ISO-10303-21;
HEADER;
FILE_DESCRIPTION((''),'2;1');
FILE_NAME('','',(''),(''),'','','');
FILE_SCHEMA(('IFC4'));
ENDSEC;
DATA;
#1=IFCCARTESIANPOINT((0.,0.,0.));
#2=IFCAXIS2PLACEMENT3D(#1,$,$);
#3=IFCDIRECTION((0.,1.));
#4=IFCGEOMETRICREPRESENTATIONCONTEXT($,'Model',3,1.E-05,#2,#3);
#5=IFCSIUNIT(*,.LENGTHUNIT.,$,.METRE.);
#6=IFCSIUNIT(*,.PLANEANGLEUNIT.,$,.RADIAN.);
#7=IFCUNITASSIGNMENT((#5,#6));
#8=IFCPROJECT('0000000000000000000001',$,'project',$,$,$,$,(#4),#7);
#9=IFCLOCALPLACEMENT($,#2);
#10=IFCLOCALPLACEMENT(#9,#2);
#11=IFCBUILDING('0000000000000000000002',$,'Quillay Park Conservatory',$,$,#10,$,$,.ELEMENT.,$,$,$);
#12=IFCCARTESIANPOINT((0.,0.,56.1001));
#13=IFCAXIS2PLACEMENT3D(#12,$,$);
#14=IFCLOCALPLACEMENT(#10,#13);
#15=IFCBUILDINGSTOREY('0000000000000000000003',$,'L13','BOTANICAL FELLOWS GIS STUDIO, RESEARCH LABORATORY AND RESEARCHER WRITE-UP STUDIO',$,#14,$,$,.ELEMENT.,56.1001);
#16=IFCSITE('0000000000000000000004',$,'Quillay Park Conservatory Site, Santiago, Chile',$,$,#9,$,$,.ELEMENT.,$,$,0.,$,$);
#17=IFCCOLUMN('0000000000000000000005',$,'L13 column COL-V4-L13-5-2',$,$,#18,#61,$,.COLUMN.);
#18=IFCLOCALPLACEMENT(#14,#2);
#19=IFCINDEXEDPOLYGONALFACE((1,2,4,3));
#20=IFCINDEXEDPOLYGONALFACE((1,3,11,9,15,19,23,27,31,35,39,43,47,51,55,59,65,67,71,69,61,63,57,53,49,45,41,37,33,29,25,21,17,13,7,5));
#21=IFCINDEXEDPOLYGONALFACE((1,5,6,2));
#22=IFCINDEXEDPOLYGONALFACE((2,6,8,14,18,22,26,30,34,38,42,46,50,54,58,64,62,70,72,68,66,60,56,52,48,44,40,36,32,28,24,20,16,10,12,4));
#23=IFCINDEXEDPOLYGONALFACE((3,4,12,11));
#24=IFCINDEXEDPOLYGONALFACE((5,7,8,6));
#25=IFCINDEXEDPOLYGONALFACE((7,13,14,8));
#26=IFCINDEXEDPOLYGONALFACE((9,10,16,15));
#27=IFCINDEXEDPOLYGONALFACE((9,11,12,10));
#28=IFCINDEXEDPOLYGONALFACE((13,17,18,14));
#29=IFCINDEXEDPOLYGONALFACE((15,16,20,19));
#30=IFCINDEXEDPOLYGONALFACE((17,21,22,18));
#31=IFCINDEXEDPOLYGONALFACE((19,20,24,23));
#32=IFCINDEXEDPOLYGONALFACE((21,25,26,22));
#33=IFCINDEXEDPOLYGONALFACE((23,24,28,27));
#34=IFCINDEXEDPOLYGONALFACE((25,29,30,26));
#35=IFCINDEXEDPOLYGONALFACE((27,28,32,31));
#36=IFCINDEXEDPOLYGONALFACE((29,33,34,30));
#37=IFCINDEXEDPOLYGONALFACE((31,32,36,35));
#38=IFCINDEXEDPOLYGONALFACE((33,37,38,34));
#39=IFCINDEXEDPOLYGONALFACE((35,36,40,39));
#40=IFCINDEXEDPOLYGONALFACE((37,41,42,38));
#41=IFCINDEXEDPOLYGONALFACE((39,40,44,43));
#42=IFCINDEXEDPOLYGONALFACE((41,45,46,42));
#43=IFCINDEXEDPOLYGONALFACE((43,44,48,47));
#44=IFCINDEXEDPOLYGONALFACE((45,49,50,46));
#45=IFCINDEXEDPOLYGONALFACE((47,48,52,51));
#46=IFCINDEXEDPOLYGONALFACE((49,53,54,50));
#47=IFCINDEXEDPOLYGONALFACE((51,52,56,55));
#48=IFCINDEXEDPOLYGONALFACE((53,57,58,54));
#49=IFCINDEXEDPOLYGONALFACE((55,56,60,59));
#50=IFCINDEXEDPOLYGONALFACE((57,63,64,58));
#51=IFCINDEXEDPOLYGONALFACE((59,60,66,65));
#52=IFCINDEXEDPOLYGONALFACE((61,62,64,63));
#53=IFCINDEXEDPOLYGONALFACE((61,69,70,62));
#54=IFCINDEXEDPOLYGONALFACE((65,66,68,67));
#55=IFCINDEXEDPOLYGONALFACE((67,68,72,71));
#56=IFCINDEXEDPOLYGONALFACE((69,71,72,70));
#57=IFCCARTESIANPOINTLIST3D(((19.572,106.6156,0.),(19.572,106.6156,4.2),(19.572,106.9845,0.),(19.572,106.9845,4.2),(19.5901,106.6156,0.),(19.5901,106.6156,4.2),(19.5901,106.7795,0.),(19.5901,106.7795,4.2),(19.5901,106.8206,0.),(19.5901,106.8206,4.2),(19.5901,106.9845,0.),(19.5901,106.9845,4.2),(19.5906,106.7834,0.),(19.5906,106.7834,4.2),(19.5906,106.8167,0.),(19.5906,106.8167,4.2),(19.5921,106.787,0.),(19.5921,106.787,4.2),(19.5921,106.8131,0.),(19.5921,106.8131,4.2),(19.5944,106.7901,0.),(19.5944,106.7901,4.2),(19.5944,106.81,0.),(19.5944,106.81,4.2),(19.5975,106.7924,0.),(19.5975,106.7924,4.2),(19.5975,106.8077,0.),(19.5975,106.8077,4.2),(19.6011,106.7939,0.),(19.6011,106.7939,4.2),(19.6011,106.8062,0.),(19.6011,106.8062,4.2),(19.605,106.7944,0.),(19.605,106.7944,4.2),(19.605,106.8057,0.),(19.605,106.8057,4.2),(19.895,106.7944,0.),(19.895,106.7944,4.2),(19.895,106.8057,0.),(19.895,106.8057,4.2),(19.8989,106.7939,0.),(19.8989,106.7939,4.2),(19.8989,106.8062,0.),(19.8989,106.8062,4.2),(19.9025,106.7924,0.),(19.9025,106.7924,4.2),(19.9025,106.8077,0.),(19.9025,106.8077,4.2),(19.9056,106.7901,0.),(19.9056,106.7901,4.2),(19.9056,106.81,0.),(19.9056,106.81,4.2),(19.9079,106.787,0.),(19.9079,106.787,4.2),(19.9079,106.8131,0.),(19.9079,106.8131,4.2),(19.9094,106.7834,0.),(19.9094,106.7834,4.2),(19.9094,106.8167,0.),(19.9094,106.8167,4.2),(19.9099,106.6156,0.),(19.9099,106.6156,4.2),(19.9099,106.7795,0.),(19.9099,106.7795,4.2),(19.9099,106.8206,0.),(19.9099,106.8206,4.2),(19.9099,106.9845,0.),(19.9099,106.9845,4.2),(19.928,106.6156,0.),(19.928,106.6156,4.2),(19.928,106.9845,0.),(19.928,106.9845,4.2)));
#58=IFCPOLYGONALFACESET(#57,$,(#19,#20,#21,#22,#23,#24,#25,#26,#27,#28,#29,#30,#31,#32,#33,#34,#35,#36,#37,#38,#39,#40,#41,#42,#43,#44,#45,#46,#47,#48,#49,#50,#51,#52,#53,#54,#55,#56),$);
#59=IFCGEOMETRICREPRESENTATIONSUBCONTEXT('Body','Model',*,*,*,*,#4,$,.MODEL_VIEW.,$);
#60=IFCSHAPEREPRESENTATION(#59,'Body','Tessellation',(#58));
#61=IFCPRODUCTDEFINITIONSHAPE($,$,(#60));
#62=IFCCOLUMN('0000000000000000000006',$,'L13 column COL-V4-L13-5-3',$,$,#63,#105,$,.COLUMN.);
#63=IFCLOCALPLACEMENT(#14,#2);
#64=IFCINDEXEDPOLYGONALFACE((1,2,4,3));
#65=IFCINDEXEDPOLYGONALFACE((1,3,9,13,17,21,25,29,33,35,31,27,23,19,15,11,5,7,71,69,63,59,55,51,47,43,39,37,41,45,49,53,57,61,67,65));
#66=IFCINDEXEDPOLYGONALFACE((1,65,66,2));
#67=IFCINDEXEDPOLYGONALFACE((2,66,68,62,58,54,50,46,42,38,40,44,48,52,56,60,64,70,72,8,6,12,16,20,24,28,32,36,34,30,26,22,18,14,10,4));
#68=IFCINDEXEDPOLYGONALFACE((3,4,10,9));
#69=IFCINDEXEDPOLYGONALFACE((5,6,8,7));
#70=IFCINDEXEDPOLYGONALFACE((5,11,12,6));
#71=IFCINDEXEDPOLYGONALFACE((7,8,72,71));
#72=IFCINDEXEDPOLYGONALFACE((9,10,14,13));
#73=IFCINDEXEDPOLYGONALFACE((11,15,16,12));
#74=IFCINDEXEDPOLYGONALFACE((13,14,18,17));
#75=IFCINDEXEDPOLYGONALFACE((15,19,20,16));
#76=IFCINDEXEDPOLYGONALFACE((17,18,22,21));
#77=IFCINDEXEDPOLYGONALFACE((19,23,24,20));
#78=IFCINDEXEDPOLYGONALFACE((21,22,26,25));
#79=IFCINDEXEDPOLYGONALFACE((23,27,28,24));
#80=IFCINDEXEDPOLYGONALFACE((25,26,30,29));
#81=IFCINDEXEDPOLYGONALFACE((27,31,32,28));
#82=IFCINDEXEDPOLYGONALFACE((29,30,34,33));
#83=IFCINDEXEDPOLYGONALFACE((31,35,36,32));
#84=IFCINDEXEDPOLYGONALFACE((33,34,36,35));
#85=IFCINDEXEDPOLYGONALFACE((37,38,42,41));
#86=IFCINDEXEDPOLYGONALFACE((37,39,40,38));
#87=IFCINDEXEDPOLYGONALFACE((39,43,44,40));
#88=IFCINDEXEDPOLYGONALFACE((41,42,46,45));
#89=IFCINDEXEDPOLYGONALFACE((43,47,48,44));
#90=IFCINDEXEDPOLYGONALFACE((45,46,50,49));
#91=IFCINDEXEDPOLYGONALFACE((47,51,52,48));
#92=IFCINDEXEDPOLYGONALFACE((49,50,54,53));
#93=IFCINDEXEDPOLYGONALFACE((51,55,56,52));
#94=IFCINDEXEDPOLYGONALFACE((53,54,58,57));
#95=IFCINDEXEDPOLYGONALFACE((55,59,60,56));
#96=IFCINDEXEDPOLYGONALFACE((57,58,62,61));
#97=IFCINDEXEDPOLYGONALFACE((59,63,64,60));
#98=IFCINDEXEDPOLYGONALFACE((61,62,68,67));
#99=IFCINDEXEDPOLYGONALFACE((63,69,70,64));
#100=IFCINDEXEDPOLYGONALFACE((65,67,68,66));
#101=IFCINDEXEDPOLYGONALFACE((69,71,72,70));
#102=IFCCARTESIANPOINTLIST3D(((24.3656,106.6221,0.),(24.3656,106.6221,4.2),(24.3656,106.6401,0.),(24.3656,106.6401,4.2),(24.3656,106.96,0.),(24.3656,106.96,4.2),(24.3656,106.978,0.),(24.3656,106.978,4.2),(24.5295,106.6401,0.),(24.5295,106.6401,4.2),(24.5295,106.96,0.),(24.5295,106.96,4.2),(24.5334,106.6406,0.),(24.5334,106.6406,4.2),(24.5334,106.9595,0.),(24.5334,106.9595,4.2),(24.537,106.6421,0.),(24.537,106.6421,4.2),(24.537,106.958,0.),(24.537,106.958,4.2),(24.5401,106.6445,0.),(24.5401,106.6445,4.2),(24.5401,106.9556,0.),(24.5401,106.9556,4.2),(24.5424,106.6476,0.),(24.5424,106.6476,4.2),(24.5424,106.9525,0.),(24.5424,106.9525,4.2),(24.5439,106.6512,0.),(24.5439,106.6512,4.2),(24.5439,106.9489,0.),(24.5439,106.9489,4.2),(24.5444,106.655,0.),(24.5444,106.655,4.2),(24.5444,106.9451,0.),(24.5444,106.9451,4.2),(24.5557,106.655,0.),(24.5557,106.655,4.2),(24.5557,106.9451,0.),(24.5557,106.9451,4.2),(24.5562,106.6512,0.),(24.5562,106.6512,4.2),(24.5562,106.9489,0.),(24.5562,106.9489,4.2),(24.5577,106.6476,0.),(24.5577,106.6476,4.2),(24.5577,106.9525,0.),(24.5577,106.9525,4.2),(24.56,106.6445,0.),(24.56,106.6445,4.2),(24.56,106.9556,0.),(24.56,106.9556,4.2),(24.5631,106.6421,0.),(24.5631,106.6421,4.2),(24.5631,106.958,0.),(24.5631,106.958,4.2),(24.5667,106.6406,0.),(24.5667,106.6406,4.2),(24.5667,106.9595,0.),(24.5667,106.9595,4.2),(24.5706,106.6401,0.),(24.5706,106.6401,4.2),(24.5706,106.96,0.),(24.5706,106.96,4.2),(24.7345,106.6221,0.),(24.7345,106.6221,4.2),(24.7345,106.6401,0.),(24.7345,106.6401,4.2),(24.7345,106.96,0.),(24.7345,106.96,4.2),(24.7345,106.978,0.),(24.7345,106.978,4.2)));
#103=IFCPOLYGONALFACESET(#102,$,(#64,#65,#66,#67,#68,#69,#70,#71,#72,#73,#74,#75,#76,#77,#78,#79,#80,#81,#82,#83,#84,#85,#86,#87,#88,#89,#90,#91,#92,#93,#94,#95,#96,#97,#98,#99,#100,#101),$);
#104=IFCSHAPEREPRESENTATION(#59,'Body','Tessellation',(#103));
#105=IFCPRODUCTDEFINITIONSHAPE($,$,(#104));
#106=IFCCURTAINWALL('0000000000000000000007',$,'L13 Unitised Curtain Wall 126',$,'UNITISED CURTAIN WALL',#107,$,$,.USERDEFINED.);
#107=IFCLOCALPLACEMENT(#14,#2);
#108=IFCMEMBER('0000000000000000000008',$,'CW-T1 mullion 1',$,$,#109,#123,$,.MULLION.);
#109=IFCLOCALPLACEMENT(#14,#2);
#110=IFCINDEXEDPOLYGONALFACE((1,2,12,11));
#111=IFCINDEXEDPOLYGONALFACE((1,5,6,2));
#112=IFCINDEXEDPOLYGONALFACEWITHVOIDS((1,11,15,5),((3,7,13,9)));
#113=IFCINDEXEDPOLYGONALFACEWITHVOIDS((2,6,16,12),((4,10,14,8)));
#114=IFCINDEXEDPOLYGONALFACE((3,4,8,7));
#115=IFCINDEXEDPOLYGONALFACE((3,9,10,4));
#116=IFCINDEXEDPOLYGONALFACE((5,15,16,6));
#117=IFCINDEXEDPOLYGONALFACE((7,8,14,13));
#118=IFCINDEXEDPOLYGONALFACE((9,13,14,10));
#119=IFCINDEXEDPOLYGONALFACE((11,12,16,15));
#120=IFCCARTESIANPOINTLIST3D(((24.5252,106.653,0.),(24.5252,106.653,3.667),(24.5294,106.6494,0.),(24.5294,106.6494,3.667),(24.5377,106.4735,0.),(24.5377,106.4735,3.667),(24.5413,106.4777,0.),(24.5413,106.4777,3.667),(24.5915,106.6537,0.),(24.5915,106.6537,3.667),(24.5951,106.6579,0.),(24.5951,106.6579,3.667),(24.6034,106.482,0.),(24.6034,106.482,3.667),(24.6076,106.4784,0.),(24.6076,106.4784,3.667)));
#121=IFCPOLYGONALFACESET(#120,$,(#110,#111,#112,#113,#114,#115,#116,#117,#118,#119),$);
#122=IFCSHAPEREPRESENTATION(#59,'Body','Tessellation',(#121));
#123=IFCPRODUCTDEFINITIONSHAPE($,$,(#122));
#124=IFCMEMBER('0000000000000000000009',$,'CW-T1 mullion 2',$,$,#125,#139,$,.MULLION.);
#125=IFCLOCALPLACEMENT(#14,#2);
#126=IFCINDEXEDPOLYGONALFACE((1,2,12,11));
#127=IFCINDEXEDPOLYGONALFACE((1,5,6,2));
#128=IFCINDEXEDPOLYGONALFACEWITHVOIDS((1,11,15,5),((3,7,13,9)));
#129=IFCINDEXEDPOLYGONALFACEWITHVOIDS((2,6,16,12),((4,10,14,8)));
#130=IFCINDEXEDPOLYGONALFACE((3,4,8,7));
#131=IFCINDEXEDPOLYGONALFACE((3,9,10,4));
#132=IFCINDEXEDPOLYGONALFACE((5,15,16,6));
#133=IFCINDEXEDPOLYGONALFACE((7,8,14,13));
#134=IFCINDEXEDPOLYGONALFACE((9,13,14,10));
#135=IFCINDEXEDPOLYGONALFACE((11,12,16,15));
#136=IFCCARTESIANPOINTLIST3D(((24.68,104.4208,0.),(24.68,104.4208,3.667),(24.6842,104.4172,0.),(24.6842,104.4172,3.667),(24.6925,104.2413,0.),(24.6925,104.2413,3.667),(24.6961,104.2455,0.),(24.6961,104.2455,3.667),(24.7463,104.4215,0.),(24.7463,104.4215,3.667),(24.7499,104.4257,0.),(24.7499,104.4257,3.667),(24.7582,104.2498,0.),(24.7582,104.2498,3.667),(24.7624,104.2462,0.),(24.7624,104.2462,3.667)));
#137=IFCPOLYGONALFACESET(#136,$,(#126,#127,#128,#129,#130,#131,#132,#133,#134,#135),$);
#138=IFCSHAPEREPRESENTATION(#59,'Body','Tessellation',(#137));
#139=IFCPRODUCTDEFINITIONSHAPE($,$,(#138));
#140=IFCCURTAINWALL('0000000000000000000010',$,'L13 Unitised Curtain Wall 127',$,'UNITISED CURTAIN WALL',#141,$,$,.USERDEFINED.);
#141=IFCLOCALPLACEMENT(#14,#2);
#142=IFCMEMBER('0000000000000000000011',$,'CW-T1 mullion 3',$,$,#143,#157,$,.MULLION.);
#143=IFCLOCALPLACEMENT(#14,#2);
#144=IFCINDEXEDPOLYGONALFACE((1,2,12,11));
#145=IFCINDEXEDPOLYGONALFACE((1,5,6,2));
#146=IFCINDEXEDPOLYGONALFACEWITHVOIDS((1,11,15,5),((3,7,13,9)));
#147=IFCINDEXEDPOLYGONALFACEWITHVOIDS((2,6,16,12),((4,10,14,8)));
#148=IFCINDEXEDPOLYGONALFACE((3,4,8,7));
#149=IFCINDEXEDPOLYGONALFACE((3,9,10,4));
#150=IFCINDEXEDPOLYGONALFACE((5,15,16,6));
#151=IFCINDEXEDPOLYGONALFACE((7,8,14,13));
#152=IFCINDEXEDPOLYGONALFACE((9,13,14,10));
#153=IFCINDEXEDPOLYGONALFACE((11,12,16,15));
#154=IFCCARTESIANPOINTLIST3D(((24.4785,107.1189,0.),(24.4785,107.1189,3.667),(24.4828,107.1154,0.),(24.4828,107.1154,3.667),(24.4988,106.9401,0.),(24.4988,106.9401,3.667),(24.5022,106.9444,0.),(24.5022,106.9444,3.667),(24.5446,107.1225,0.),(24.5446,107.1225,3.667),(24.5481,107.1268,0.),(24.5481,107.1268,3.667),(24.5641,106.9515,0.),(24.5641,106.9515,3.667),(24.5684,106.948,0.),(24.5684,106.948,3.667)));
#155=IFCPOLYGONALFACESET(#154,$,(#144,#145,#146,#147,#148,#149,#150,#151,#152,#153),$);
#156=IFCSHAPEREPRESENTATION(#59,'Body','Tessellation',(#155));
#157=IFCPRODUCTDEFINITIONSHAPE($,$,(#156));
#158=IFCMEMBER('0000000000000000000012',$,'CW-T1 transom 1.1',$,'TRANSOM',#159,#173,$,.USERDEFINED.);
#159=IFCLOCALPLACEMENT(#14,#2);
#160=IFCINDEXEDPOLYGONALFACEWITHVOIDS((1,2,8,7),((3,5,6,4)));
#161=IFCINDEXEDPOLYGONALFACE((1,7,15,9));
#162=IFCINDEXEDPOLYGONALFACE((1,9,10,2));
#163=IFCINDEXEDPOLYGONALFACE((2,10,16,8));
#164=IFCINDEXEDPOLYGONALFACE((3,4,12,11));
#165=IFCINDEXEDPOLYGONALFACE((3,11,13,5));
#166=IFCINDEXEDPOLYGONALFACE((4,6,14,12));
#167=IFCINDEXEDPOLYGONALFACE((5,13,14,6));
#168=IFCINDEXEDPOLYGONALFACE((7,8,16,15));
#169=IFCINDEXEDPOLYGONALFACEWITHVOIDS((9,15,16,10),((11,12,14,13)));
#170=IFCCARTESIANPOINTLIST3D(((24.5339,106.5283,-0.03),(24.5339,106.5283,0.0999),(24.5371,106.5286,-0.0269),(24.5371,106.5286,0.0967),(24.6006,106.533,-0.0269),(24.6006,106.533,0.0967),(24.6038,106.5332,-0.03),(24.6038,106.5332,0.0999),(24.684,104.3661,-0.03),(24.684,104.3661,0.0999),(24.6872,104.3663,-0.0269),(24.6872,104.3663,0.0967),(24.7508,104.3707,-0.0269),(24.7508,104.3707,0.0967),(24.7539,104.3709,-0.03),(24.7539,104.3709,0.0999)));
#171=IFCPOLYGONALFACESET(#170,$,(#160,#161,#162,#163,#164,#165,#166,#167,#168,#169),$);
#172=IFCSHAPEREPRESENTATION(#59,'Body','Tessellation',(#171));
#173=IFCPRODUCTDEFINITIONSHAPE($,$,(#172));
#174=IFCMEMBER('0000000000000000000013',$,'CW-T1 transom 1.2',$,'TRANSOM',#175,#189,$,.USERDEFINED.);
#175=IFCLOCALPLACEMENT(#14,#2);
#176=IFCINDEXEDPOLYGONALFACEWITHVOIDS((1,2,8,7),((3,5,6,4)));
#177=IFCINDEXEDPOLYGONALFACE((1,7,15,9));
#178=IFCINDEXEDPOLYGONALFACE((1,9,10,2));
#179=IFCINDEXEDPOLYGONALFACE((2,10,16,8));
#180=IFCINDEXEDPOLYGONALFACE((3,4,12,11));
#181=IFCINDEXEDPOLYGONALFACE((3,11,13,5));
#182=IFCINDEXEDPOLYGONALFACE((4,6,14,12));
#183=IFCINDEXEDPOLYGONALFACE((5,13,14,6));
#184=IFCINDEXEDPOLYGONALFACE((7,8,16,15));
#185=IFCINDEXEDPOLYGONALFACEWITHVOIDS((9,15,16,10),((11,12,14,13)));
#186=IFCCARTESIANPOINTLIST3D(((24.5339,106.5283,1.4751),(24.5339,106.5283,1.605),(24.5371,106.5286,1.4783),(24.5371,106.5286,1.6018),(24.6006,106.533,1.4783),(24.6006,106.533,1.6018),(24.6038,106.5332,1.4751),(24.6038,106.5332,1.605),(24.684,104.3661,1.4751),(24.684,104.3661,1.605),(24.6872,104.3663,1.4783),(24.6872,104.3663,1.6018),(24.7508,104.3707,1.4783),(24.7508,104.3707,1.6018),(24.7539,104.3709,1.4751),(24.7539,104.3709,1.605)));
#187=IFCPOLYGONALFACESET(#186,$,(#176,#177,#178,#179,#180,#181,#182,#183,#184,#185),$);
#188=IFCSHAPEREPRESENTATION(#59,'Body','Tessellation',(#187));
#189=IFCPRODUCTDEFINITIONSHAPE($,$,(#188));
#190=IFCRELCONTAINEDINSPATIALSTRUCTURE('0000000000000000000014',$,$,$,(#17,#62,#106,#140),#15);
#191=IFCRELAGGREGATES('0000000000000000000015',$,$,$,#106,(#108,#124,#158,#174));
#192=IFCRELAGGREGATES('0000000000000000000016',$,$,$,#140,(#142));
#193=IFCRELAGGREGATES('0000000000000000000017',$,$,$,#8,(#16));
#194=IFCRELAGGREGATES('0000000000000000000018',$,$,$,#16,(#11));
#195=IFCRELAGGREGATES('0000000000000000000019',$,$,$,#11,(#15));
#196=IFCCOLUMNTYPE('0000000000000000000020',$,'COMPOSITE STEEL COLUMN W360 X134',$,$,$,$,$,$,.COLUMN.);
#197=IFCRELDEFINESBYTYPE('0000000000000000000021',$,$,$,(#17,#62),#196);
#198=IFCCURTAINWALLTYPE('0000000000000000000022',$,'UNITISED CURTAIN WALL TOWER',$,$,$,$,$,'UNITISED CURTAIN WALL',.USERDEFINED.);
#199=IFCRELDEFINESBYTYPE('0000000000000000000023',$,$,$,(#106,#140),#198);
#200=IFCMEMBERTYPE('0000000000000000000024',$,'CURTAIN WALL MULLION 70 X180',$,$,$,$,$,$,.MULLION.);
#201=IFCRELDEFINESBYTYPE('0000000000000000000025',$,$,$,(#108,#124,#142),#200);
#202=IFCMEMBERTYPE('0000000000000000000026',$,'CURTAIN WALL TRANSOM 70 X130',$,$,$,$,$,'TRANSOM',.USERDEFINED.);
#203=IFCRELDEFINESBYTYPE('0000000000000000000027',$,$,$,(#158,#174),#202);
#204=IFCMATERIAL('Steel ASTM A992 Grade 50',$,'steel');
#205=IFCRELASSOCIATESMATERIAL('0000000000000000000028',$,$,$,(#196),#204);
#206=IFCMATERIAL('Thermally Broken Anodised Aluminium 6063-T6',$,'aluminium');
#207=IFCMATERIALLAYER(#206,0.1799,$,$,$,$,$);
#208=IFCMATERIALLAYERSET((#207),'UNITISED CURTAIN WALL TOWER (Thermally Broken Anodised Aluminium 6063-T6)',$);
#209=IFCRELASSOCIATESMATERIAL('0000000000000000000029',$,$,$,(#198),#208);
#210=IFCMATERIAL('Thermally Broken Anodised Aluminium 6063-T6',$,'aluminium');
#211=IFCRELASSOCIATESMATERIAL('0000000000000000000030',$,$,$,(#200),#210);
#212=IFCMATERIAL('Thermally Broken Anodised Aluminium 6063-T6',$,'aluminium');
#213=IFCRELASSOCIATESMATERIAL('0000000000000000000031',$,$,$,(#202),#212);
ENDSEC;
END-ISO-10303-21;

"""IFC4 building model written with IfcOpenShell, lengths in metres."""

from ifc_helpers import new_model, si_unit, direction, frame, origin, origin_2d, place, context, subcontext, project, spatial, hollow_rectangle, i_section, extrude, material, layer, layer_set, material_profile, profile_set, type_object, element, aggregate, save


model = new_model("IFC4")

# Units and contexts
model_context = context("Model", 3, precision=1e-05, world=origin(), true_north=direction((0.0, 1.0)))
body_context = subcontext(model_context, "Body", "Model", "MODEL_VIEW")
ifc_project = project(units=[si_unit("LENGTHUNIT", "METRE"), si_unit("PLANEANGLEUNIT", "RADIAN")], contexts=[model_context])

# Site, building, storey
site_placement = place(None, origin())
site = spatial("IfcSite", under=ifc_project, at=site_placement, Name="Quillay Park Conservatory Site, Santiago, Chile", CompositionType="ELEMENT", RefElevation=0.0)
building_placement = place(site_placement, origin())
building = spatial("IfcBuilding", under=site, at=building_placement, Name="Quillay Park Conservatory", CompositionType="ELEMENT")
storey_placement = place(building_placement, frame((0.0, 0.0, 56.1001)))
storey = spatial("IfcBuildingStorey", under=building, at=storey_placement, Name="L13", Description="BOTANICAL FELLOWS GIS STUDIO, RESEARCH LABORATORY AND RESEARCHER WRITE-UP STUDIO", CompositionType="ELEMENT", Elevation=56.1001)

# Columns
ifc_material_1 = material(Name="Steel ASTM A992 Grade 50", Category="steel")
ifc_material_profile_1 = material_profile(ifc_material_1, i_section(OverallWidth=0.3689, OverallDepth=0.356, WebThickness=0.0112, FlangeThickness=0.0181, FilletRadius=0.0149, at=origin_2d()), Name="W360x134")
ifc_profile_set_1 = profile_set([ifc_material_profile_1], Name="Steel ASTM A992 Grade 50")
column_type = type_object("IfcColumnType", Name="COMPOSITE STEEL COLUMN W360 X134", PredefinedType="COLUMN", material=ifc_profile_set_1)
for number, where, z_axis, x_axis, name in (
    (1, (19.75, 106.8, 0.0), (0.0, 0.0, 1.0), (0.0, 1.0, 0.0), "L13 column COL-V4-L13-5-2"),
    (2, (24.55, 106.8, 0.0), (0.0, 0.0, 1.0), (1.0, 0.0, 0.0), "L13 column COL-V4-L13-5-3"),
):
    element("IfcColumn", number, at=place(storey_placement, frame(where, z_axis=z_axis, x_axis=x_axis)), inside=storey, type_object=column_type, Name=name, PredefinedType="COLUMN", context=body_context, shape_type="SweptSolid", body=[
        extrude(i_section(OverallWidth=0.3689, OverallDepth=0.356, WebThickness=0.0112, FlangeThickness=0.0181, FilletRadius=0.0149, at=origin_2d()), origin(), (0.0, 0.0, 1.0), 4.2),
    ])

# Curtain wall, members
ifc_material_2 = material(Name="Thermally Broken Anodised Aluminium 6063-T6", Category="aluminium")
ifc_layer_1 = layer(ifc_material_2, 0.1799)
ifc_layer_set_1 = layer_set([ifc_layer_1], Name="UNITISED CURTAIN WALL TOWER (Thermally Broken Anodised Aluminium 6063-T6)")
curtain_wall_type = type_object("IfcCurtainWallType", Name="UNITISED CURTAIN WALL TOWER", ElementType="UNITISED CURTAIN WALL", PredefinedType="USERDEFINED", material=ifc_layer_set_1)
curtain_wall_1_placement = place(storey_placement, origin())
curtain_wall_1 = element("IfcCurtainWall", 3, at=curtain_wall_1_placement, inside=storey, type_object=curtain_wall_type, Name="L13 Unitised Curtain Wall 126", ObjectType="UNITISED CURTAIN WALL", PredefinedType="USERDEFINED")
ifc_material_3 = material(Name="Thermally Broken Anodised Aluminium 6063-T6", Category="aluminium")
ifc_material_profile_2 = material_profile(ifc_material_3, hollow_rectangle(XDim=0.0701, YDim=0.1799, WallThickness=0.0039, at=origin_2d()), Name="AL70x180x4")
ifc_profile_set_2 = profile_set([ifc_material_profile_2], Name="Thermally Broken Anodised Aluminium 6063-T6")
member_type_1 = type_object("IfcMemberType", Name="CURTAIN WALL MULLION 70 X180", PredefinedType="MULLION", material=ifc_profile_set_2)
member_1_placement = place(storey_placement, frame((24.5664, 106.5657, 0.0), z_axis=(0.0, 0.0, 1.0), x_axis=(0.997598, 0.069264, 0.0)))
member_1 = element("IfcMember", 4, at=member_1_placement, type_object=member_type_1, Name="CW-T1 mullion 1", PredefinedType="MULLION", context=body_context, shape_type="SweptSolid", body=[
    extrude(hollow_rectangle(XDim=0.0701, YDim=0.1799, WallThickness=0.0039, at=origin_2d()), origin(), (0.0, 0.0, 1.0), 3.667),
])
member_2_placement = place(storey_placement, frame((24.7212, 104.3335, 0.0), z_axis=(0.0, 0.0, 1.0), x_axis=(0.997598, 0.069264, 0.0)))
member_2 = element("IfcMember", 5, at=member_2_placement, type_object=member_type_1, Name="CW-T1 mullion 2", PredefinedType="MULLION", context=body_context, shape_type="SweptSolid", body=[
    extrude(hollow_rectangle(XDim=0.0701, YDim=0.1799, WallThickness=0.0039, at=origin_2d()), origin(), (0.0, 0.0, 1.0), 3.667),
])

# Curtain wall, member
curtain_wall_2_placement = place(storey_placement, origin())
curtain_wall_2 = element("IfcCurtainWall", 6, at=curtain_wall_2_placement, inside=storey, type_object=curtain_wall_type, Name="L13 Unitised Curtain Wall 127", ObjectType="UNITISED CURTAIN WALL", PredefinedType="USERDEFINED")
member_3_placement = place(storey_placement, frame((24.5234, 107.0334, 0.0), z_axis=(0.0, 0.0, 1.0), x_axis=(0.993606, 0.112903, 0.0)))
member_3 = element("IfcMember", 7, at=member_3_placement, type_object=member_type_1, Name="CW-T1 mullion 3", PredefinedType="MULLION", context=body_context, shape_type="SweptSolid", body=[
    extrude(hollow_rectangle(XDim=0.0701, YDim=0.1799, WallThickness=0.0039, at=origin_2d()), origin(), (0.0, 0.0, 1.0), 3.667),
])

# Members
ifc_material_4 = material(Name="Thermally Broken Anodised Aluminium 6063-T6", Category="aluminium")
ifc_material_profile_3 = material_profile(ifc_material_4, hollow_rectangle(XDim=0.0701, YDim=0.1299, WallThickness=0.0032, at=origin_2d()), Name="AL70x130x3.2")
ifc_profile_set_3 = profile_set([ifc_material_profile_3], Name="Thermally Broken Anodised Aluminium 6063-T6")
member_type_2 = type_object("IfcMemberType", Name="CURTAIN WALL TRANSOM 70 X130", ElementType="TRANSOM", PredefinedType="USERDEFINED", material=ifc_profile_set_3)
member_4_placement = place(storey_placement, frame((24.5688, 106.5308, 0.0349), z_axis=(0.06927, -0.997598, 0.0), x_axis=(0.997598, 0.06927, 0.0)))
member_4 = element("IfcMember", 8, at=member_4_placement, type_object=member_type_2, Name="CW-T1 transom 1.1", ObjectType="TRANSOM", PredefinedType="USERDEFINED", context=body_context, shape_type="SweptSolid", body=[
    extrude(hollow_rectangle(XDim=0.0701, YDim=0.1299, WallThickness=0.0032, at=origin_2d()), origin(), (0.0, 0.0, 1.0), 2.1675),
])
member_5_placement = place(storey_placement, frame((24.5688, 106.5308, 1.54), z_axis=(0.06927, -0.997598, 0.0), x_axis=(0.997598, 0.06927, 0.0)))
member_5 = element("IfcMember", 9, at=member_5_placement, type_object=member_type_2, Name="CW-T1 transom 1.2", ObjectType="TRANSOM", PredefinedType="USERDEFINED", context=body_context, shape_type="SweptSolid", body=[
    extrude(hollow_rectangle(XDim=0.0701, YDim=0.1299, WallThickness=0.0032, at=origin_2d()), origin(), (0.0, 0.0, 1.0), 2.1675),
])

aggregate(curtain_wall_1, [member_1, member_2, member_4, member_5])
aggregate(curtain_wall_2, [member_3])

save(model, "model.ifc")
